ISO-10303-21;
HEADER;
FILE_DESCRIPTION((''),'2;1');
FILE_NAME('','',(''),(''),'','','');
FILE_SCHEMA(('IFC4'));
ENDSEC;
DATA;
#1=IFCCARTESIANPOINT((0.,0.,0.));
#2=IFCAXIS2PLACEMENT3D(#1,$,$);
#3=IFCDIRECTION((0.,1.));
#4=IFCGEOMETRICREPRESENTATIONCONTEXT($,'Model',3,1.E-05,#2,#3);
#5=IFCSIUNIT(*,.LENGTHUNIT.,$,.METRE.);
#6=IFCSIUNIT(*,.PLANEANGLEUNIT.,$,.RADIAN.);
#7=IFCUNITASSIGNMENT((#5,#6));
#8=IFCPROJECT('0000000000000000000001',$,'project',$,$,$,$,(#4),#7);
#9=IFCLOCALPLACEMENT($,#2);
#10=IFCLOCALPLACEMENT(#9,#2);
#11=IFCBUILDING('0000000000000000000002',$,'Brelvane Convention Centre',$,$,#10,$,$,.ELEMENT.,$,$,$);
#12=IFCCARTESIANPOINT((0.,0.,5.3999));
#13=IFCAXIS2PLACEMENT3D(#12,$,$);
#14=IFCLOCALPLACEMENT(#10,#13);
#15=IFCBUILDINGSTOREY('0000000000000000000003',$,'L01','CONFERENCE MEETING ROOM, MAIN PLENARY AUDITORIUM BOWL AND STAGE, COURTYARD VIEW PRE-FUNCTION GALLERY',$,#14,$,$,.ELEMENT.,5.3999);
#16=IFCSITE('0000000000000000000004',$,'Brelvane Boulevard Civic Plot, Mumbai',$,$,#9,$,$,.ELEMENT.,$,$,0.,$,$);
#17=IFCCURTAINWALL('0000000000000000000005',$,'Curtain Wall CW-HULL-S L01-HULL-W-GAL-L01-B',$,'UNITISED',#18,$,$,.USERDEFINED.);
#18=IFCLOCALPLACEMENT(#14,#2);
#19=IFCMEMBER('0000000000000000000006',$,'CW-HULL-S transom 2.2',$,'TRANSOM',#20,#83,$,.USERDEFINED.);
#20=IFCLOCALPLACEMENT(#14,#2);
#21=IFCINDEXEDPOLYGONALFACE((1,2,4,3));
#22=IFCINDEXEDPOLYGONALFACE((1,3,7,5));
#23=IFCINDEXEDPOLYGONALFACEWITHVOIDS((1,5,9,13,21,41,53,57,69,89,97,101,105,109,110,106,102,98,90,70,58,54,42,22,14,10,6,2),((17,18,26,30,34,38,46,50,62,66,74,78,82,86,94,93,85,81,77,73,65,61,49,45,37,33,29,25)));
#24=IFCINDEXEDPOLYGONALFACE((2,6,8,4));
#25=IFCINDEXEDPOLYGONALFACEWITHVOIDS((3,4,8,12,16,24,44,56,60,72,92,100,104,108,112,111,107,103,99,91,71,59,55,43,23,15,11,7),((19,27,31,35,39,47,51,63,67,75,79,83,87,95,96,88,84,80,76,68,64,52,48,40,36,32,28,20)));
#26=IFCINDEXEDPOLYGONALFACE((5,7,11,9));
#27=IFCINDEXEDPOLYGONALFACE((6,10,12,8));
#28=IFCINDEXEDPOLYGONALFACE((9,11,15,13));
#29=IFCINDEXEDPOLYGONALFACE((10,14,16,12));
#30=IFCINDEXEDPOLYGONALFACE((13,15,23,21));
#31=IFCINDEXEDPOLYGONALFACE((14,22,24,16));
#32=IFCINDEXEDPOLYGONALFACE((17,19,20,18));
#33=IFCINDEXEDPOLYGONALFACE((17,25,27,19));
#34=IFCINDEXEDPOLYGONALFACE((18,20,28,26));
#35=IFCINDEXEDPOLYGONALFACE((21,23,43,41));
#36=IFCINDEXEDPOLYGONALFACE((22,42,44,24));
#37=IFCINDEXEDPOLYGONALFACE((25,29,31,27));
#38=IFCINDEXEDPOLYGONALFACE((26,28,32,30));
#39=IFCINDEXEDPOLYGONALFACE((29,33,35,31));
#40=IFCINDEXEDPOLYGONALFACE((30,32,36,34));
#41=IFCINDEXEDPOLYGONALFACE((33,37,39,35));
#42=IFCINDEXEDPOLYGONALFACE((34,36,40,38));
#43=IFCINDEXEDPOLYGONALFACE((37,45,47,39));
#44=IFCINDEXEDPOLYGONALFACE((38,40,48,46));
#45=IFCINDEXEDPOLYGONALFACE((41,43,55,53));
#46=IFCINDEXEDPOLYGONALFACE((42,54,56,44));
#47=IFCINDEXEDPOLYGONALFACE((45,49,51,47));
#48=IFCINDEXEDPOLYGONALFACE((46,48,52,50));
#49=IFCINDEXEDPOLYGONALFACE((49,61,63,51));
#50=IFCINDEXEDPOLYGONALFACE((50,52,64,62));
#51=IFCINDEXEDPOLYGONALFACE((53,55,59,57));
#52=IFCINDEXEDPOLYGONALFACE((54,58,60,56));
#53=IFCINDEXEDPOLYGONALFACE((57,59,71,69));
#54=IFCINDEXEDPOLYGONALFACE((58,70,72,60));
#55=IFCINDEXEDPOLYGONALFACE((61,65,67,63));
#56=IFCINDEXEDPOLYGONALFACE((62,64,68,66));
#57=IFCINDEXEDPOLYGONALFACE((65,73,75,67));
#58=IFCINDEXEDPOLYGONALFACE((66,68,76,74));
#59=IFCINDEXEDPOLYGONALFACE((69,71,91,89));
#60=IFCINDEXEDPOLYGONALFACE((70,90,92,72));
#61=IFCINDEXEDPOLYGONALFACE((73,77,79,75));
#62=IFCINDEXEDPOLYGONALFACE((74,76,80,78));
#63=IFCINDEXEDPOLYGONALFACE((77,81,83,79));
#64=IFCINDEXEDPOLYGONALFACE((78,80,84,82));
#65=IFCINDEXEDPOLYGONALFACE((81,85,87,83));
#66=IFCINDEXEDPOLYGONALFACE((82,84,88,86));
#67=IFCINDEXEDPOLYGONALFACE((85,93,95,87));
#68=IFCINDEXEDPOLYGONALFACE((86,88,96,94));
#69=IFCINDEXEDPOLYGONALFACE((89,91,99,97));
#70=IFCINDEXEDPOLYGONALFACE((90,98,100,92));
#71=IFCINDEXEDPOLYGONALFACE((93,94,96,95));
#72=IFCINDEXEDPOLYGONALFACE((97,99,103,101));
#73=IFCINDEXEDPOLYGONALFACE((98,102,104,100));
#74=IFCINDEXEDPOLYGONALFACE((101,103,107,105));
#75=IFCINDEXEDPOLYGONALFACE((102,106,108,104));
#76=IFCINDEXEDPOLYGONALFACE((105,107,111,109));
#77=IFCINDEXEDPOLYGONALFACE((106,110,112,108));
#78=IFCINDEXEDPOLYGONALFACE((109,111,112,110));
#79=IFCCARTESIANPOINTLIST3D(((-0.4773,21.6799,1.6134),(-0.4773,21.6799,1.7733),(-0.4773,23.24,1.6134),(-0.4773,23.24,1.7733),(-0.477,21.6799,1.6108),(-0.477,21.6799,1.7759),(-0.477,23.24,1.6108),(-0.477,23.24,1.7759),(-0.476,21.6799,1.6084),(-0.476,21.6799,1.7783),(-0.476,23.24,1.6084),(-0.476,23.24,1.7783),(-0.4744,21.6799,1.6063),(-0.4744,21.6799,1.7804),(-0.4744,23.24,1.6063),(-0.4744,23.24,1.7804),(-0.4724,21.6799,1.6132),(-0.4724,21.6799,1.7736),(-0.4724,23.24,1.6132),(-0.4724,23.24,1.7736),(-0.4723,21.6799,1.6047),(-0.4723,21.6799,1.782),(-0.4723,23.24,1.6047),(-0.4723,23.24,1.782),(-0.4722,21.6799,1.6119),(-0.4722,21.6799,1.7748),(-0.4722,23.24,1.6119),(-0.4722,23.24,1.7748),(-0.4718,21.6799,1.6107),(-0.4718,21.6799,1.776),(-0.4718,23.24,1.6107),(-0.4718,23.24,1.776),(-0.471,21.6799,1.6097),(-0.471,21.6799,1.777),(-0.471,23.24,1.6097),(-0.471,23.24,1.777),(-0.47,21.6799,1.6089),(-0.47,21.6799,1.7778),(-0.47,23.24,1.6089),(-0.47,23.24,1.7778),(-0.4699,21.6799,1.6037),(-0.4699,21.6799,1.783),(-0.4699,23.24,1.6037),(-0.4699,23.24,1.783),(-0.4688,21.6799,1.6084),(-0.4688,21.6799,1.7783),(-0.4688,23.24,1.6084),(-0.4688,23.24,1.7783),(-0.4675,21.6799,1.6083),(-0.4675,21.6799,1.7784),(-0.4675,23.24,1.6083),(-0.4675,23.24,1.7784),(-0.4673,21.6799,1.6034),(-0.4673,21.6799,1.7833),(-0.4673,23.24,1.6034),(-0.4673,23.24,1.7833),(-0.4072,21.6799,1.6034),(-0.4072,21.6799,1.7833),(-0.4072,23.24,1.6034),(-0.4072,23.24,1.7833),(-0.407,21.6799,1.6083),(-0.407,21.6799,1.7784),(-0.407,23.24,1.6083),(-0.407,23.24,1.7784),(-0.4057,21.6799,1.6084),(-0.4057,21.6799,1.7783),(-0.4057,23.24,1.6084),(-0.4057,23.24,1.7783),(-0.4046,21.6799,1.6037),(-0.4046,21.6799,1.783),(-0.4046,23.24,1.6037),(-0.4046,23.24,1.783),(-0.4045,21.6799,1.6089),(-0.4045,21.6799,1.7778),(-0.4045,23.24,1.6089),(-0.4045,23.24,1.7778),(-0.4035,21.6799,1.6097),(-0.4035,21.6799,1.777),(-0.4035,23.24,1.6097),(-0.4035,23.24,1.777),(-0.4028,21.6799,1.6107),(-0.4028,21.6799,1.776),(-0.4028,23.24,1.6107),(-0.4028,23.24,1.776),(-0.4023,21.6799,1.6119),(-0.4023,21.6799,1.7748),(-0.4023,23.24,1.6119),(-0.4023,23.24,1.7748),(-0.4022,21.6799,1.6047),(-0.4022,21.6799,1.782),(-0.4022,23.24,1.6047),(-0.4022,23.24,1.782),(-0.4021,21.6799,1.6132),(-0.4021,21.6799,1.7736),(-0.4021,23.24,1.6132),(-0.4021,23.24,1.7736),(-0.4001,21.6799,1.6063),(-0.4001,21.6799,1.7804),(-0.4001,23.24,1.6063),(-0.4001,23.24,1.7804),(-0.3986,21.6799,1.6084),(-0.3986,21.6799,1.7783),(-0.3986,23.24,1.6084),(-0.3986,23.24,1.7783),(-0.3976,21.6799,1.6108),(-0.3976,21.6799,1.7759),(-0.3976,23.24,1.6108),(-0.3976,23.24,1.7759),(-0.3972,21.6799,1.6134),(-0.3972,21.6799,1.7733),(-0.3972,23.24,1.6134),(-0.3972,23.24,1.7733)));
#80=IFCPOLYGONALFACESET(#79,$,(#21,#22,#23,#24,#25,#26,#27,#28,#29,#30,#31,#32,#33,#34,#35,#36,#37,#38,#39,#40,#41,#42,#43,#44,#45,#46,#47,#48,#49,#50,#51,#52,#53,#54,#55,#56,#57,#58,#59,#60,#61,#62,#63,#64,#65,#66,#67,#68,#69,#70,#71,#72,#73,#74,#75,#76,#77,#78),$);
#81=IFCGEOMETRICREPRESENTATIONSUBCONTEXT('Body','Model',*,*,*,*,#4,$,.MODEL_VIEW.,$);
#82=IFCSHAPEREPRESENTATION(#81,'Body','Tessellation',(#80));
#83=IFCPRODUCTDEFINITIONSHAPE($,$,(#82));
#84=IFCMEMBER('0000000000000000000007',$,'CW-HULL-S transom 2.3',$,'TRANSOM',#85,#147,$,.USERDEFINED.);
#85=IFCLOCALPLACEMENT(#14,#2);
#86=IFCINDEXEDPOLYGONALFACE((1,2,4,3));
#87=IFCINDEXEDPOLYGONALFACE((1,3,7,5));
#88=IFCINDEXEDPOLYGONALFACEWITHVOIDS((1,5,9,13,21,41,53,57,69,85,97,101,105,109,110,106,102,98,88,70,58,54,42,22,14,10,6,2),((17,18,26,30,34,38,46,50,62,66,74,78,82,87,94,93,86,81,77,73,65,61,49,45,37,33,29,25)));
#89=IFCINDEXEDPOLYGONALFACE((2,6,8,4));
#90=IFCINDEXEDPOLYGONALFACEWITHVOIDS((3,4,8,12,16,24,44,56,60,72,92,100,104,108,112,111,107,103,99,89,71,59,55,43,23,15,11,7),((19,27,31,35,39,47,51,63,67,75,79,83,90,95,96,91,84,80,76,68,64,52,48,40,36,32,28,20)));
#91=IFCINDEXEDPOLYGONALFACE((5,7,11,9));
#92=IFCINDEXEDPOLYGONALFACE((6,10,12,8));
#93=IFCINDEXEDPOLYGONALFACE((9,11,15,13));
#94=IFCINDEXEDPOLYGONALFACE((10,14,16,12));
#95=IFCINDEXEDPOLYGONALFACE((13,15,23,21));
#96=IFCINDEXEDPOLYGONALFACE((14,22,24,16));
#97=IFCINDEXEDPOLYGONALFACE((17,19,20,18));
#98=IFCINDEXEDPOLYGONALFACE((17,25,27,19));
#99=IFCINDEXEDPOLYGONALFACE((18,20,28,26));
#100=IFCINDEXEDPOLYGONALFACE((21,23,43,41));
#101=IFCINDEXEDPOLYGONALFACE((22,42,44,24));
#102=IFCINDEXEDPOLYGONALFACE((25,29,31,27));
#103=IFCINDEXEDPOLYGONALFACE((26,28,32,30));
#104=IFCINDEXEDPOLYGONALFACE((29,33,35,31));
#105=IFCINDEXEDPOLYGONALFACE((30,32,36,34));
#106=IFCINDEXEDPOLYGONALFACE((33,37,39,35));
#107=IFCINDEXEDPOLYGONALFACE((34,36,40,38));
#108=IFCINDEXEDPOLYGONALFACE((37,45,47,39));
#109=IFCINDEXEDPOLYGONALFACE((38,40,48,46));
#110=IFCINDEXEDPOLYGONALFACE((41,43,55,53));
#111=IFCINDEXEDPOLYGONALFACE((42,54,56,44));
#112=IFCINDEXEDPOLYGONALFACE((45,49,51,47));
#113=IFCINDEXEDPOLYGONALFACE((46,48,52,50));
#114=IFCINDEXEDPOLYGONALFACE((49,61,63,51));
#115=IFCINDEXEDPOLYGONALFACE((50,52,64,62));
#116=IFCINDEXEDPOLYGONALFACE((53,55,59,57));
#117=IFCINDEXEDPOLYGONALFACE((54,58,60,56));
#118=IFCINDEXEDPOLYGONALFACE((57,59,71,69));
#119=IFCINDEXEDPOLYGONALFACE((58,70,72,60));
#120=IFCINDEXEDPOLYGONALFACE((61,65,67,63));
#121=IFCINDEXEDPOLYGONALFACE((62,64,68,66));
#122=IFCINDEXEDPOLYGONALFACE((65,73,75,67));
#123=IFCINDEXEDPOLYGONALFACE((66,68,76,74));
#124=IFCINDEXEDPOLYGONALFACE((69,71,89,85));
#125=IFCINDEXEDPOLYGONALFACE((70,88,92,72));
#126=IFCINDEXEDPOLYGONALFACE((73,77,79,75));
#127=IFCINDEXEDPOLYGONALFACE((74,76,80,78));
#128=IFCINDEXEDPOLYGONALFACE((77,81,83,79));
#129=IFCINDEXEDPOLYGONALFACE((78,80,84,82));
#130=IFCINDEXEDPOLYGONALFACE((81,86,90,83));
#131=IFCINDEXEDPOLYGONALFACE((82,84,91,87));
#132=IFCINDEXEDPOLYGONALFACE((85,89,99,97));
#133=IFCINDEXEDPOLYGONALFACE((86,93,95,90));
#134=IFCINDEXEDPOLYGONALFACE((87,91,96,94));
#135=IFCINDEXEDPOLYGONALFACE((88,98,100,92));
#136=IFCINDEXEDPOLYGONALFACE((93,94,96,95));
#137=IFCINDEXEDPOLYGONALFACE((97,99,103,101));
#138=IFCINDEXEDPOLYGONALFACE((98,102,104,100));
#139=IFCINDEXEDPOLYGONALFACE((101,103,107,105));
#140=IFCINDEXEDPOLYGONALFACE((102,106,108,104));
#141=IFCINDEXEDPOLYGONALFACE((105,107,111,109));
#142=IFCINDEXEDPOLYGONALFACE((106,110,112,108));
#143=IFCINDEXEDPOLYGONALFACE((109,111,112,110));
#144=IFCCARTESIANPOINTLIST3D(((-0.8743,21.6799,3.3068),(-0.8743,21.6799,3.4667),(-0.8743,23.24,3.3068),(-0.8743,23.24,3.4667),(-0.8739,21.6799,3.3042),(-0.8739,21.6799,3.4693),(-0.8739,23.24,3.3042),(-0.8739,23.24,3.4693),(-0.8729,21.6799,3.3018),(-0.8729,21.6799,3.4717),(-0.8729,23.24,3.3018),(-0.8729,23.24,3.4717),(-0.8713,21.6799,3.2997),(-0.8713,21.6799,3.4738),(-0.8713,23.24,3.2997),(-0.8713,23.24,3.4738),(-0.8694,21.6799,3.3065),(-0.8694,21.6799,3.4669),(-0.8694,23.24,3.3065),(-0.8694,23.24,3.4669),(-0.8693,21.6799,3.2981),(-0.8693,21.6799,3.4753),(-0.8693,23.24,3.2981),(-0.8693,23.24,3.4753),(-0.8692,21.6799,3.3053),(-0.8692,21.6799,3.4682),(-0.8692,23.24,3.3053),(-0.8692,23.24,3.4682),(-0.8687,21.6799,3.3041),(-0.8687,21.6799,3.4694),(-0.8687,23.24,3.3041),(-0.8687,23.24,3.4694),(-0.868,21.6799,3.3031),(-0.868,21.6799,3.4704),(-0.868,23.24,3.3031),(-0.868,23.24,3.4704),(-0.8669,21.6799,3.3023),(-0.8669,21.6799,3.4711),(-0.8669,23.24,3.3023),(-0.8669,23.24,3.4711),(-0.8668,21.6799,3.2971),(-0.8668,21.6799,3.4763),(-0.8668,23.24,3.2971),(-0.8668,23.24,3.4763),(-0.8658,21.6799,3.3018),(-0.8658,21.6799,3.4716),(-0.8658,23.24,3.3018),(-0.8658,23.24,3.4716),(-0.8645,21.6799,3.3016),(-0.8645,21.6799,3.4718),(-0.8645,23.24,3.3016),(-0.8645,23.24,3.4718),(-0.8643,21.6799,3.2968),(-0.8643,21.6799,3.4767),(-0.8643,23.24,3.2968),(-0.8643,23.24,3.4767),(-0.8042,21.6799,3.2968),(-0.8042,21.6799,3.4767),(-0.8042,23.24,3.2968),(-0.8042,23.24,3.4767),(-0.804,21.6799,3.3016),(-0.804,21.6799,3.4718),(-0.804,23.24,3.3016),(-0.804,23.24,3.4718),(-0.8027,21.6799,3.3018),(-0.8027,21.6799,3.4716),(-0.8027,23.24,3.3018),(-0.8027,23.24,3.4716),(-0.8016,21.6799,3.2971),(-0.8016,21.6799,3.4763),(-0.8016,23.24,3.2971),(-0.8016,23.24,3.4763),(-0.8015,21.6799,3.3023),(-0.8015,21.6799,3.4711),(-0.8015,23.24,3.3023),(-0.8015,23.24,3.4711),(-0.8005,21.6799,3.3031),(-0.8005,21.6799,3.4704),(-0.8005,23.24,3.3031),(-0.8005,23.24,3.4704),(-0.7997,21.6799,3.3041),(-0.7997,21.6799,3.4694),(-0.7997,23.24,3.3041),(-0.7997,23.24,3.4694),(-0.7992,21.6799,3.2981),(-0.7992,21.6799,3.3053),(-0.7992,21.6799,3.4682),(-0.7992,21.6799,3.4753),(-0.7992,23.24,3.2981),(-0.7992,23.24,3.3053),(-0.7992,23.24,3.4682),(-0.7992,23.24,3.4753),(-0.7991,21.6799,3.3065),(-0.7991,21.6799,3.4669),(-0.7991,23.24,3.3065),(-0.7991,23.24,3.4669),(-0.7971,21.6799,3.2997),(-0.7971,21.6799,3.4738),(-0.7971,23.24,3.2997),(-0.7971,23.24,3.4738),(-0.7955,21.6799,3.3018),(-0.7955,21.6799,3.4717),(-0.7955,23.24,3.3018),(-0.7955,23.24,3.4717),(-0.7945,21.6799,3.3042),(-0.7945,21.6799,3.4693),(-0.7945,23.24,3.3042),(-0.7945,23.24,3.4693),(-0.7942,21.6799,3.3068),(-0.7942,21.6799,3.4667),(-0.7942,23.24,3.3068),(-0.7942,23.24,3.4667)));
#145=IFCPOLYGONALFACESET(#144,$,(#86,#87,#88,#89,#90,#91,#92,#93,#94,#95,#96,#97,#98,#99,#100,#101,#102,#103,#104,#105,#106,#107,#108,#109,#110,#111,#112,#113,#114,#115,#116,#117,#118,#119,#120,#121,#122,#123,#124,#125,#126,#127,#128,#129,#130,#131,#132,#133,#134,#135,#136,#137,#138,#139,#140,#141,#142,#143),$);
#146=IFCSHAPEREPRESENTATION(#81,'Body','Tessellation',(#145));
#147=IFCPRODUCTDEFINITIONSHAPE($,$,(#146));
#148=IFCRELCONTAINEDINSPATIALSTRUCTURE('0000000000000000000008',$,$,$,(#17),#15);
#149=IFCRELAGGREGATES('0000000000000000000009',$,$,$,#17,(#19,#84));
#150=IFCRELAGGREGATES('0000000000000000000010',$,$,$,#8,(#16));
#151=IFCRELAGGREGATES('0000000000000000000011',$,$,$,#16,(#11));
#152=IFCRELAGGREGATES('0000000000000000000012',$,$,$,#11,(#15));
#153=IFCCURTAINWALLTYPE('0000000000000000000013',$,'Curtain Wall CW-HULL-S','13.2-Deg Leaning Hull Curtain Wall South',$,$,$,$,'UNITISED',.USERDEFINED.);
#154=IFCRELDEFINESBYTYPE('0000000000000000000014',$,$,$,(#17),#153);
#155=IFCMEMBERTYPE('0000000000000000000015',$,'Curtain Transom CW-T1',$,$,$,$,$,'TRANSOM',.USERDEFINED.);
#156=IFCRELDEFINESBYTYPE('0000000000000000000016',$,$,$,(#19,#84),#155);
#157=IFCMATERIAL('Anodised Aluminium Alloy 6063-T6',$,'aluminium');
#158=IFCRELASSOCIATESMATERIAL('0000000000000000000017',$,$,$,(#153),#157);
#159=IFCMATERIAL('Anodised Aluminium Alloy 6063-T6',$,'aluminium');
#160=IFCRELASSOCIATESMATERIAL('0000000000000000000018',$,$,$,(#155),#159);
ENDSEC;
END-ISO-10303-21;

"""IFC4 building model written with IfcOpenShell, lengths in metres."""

from ifc_helpers import new_model, si_unit, direction, frame, origin, origin_2d, place, context, subcontext, project, spatial, hollow_rectangle, extrude, material, material_profile, profile_set, type_object, element, aggregate, save


model = new_model("IFC4")

# Units and contexts
model_context = context("Model", 3, precision=1e-05, world=origin(), true_north=direction((0.0, 1.0)))
body_context = subcontext(model_context, "Body", "Model", "MODEL_VIEW")
ifc_project = project(units=[si_unit("LENGTHUNIT", "METRE"), si_unit("PLANEANGLEUNIT", "RADIAN")], contexts=[model_context])

# Site, building, storey
site_placement = place(None, origin())
site = spatial("IfcSite", under=ifc_project, at=site_placement, Name="Brelvane Boulevard Civic Plot, Mumbai", CompositionType="ELEMENT", RefElevation=0.0)
building_placement = place(site_placement, origin())
building = spatial("IfcBuilding", under=site, at=building_placement, Name="Brelvane Convention Centre", CompositionType="ELEMENT")
storey_placement = place(building_placement, frame((0.0, 0.0, 5.3999)))
storey = spatial("IfcBuildingStorey", under=building, at=storey_placement, Name="L01", Description="CONFERENCE MEETING ROOM, MAIN PLENARY AUDITORIUM BOWL AND STAGE, COURTYARD VIEW PRE-FUNCTION GALLERY", CompositionType="ELEMENT", Elevation=5.3999)

# Shared definitions
ifc_material_1 = material(Name="Anodised Aluminium Alloy 6063-T6", Category="aluminium")
curtain_wall_type = type_object("IfcCurtainWallType", Name="Curtain Wall CW-HULL-S", Description="13.2-Deg Leaning Hull Curtain Wall South", ElementType="UNITISED", PredefinedType="USERDEFINED", material=ifc_material_1)

# Curtain wall
curtain_wall_1_placement = place(storey_placement, origin())
curtain_wall_1 = element("IfcCurtainWall", 1, at=curtain_wall_1_placement, inside=storey, type_object=curtain_wall_type, Name="Curtain Wall CW-HULL-S L01-HULL-W-GAL-L01-B", ObjectType="UNITISED", PredefinedType="USERDEFINED")

# Members
ifc_material_2 = material(Name="Anodised Aluminium Alloy 6063-T6", Category="aluminium")
ifc_material_profile_1 = material_profile(ifc_material_2, hollow_rectangle(XDim=0.0801, YDim=0.1799, WallThickness=0.0049, InnerFilletRadius=0.0049, OuterFilletRadius=0.01, at=origin_2d()), Name="ALU-T 180x80x5.0")
ifc_profile_set_1 = profile_set([ifc_material_profile_1], Name="Anodised Aluminium Alloy 6063-T6")
member_type_1 = type_object("IfcMemberType", Name="Curtain Transom CW-T1", ElementType="TRANSOM", PredefinedType="USERDEFINED", material=ifc_profile_set_1)
member_1_placement = place(storey_placement, frame((-0.4373, 21.6799, 1.6934), z_axis=(0.0, 1.0, 0.0), x_axis=(-1.0, 0.0, 0.0)))
member_1 = element("IfcMember", 2, at=member_1_placement, type_object=member_type_1, Name="CW-HULL-S transom 2.2", ObjectType="TRANSOM", PredefinedType="USERDEFINED", context=body_context, shape_type="SweptSolid", body=[
    extrude(hollow_rectangle(XDim=0.0801, YDim=0.1799, WallThickness=0.0049, InnerFilletRadius=0.0049, OuterFilletRadius=0.01, at=origin_2d()), origin(), (0.0, 0.0, 1.0), 1.5601),
])
member_2_placement = place(storey_placement, frame((-0.8342, 21.6799, 3.3867), z_axis=(0.0, 1.0, 0.0), x_axis=(-1.0, 0.0, 0.0)))
member_2 = element("IfcMember", 3, at=member_2_placement, type_object=member_type_1, Name="CW-HULL-S transom 2.3", ObjectType="TRANSOM", PredefinedType="USERDEFINED", context=body_context, shape_type="SweptSolid", body=[
    extrude(hollow_rectangle(XDim=0.0801, YDim=0.1799, WallThickness=0.0049, InnerFilletRadius=0.0049, OuterFilletRadius=0.01, at=origin_2d()), origin(), (0.0, 0.0, 1.0), 1.5601),
])

aggregate(curtain_wall_1, [member_1, member_2])

save(model, "model.ifc")
